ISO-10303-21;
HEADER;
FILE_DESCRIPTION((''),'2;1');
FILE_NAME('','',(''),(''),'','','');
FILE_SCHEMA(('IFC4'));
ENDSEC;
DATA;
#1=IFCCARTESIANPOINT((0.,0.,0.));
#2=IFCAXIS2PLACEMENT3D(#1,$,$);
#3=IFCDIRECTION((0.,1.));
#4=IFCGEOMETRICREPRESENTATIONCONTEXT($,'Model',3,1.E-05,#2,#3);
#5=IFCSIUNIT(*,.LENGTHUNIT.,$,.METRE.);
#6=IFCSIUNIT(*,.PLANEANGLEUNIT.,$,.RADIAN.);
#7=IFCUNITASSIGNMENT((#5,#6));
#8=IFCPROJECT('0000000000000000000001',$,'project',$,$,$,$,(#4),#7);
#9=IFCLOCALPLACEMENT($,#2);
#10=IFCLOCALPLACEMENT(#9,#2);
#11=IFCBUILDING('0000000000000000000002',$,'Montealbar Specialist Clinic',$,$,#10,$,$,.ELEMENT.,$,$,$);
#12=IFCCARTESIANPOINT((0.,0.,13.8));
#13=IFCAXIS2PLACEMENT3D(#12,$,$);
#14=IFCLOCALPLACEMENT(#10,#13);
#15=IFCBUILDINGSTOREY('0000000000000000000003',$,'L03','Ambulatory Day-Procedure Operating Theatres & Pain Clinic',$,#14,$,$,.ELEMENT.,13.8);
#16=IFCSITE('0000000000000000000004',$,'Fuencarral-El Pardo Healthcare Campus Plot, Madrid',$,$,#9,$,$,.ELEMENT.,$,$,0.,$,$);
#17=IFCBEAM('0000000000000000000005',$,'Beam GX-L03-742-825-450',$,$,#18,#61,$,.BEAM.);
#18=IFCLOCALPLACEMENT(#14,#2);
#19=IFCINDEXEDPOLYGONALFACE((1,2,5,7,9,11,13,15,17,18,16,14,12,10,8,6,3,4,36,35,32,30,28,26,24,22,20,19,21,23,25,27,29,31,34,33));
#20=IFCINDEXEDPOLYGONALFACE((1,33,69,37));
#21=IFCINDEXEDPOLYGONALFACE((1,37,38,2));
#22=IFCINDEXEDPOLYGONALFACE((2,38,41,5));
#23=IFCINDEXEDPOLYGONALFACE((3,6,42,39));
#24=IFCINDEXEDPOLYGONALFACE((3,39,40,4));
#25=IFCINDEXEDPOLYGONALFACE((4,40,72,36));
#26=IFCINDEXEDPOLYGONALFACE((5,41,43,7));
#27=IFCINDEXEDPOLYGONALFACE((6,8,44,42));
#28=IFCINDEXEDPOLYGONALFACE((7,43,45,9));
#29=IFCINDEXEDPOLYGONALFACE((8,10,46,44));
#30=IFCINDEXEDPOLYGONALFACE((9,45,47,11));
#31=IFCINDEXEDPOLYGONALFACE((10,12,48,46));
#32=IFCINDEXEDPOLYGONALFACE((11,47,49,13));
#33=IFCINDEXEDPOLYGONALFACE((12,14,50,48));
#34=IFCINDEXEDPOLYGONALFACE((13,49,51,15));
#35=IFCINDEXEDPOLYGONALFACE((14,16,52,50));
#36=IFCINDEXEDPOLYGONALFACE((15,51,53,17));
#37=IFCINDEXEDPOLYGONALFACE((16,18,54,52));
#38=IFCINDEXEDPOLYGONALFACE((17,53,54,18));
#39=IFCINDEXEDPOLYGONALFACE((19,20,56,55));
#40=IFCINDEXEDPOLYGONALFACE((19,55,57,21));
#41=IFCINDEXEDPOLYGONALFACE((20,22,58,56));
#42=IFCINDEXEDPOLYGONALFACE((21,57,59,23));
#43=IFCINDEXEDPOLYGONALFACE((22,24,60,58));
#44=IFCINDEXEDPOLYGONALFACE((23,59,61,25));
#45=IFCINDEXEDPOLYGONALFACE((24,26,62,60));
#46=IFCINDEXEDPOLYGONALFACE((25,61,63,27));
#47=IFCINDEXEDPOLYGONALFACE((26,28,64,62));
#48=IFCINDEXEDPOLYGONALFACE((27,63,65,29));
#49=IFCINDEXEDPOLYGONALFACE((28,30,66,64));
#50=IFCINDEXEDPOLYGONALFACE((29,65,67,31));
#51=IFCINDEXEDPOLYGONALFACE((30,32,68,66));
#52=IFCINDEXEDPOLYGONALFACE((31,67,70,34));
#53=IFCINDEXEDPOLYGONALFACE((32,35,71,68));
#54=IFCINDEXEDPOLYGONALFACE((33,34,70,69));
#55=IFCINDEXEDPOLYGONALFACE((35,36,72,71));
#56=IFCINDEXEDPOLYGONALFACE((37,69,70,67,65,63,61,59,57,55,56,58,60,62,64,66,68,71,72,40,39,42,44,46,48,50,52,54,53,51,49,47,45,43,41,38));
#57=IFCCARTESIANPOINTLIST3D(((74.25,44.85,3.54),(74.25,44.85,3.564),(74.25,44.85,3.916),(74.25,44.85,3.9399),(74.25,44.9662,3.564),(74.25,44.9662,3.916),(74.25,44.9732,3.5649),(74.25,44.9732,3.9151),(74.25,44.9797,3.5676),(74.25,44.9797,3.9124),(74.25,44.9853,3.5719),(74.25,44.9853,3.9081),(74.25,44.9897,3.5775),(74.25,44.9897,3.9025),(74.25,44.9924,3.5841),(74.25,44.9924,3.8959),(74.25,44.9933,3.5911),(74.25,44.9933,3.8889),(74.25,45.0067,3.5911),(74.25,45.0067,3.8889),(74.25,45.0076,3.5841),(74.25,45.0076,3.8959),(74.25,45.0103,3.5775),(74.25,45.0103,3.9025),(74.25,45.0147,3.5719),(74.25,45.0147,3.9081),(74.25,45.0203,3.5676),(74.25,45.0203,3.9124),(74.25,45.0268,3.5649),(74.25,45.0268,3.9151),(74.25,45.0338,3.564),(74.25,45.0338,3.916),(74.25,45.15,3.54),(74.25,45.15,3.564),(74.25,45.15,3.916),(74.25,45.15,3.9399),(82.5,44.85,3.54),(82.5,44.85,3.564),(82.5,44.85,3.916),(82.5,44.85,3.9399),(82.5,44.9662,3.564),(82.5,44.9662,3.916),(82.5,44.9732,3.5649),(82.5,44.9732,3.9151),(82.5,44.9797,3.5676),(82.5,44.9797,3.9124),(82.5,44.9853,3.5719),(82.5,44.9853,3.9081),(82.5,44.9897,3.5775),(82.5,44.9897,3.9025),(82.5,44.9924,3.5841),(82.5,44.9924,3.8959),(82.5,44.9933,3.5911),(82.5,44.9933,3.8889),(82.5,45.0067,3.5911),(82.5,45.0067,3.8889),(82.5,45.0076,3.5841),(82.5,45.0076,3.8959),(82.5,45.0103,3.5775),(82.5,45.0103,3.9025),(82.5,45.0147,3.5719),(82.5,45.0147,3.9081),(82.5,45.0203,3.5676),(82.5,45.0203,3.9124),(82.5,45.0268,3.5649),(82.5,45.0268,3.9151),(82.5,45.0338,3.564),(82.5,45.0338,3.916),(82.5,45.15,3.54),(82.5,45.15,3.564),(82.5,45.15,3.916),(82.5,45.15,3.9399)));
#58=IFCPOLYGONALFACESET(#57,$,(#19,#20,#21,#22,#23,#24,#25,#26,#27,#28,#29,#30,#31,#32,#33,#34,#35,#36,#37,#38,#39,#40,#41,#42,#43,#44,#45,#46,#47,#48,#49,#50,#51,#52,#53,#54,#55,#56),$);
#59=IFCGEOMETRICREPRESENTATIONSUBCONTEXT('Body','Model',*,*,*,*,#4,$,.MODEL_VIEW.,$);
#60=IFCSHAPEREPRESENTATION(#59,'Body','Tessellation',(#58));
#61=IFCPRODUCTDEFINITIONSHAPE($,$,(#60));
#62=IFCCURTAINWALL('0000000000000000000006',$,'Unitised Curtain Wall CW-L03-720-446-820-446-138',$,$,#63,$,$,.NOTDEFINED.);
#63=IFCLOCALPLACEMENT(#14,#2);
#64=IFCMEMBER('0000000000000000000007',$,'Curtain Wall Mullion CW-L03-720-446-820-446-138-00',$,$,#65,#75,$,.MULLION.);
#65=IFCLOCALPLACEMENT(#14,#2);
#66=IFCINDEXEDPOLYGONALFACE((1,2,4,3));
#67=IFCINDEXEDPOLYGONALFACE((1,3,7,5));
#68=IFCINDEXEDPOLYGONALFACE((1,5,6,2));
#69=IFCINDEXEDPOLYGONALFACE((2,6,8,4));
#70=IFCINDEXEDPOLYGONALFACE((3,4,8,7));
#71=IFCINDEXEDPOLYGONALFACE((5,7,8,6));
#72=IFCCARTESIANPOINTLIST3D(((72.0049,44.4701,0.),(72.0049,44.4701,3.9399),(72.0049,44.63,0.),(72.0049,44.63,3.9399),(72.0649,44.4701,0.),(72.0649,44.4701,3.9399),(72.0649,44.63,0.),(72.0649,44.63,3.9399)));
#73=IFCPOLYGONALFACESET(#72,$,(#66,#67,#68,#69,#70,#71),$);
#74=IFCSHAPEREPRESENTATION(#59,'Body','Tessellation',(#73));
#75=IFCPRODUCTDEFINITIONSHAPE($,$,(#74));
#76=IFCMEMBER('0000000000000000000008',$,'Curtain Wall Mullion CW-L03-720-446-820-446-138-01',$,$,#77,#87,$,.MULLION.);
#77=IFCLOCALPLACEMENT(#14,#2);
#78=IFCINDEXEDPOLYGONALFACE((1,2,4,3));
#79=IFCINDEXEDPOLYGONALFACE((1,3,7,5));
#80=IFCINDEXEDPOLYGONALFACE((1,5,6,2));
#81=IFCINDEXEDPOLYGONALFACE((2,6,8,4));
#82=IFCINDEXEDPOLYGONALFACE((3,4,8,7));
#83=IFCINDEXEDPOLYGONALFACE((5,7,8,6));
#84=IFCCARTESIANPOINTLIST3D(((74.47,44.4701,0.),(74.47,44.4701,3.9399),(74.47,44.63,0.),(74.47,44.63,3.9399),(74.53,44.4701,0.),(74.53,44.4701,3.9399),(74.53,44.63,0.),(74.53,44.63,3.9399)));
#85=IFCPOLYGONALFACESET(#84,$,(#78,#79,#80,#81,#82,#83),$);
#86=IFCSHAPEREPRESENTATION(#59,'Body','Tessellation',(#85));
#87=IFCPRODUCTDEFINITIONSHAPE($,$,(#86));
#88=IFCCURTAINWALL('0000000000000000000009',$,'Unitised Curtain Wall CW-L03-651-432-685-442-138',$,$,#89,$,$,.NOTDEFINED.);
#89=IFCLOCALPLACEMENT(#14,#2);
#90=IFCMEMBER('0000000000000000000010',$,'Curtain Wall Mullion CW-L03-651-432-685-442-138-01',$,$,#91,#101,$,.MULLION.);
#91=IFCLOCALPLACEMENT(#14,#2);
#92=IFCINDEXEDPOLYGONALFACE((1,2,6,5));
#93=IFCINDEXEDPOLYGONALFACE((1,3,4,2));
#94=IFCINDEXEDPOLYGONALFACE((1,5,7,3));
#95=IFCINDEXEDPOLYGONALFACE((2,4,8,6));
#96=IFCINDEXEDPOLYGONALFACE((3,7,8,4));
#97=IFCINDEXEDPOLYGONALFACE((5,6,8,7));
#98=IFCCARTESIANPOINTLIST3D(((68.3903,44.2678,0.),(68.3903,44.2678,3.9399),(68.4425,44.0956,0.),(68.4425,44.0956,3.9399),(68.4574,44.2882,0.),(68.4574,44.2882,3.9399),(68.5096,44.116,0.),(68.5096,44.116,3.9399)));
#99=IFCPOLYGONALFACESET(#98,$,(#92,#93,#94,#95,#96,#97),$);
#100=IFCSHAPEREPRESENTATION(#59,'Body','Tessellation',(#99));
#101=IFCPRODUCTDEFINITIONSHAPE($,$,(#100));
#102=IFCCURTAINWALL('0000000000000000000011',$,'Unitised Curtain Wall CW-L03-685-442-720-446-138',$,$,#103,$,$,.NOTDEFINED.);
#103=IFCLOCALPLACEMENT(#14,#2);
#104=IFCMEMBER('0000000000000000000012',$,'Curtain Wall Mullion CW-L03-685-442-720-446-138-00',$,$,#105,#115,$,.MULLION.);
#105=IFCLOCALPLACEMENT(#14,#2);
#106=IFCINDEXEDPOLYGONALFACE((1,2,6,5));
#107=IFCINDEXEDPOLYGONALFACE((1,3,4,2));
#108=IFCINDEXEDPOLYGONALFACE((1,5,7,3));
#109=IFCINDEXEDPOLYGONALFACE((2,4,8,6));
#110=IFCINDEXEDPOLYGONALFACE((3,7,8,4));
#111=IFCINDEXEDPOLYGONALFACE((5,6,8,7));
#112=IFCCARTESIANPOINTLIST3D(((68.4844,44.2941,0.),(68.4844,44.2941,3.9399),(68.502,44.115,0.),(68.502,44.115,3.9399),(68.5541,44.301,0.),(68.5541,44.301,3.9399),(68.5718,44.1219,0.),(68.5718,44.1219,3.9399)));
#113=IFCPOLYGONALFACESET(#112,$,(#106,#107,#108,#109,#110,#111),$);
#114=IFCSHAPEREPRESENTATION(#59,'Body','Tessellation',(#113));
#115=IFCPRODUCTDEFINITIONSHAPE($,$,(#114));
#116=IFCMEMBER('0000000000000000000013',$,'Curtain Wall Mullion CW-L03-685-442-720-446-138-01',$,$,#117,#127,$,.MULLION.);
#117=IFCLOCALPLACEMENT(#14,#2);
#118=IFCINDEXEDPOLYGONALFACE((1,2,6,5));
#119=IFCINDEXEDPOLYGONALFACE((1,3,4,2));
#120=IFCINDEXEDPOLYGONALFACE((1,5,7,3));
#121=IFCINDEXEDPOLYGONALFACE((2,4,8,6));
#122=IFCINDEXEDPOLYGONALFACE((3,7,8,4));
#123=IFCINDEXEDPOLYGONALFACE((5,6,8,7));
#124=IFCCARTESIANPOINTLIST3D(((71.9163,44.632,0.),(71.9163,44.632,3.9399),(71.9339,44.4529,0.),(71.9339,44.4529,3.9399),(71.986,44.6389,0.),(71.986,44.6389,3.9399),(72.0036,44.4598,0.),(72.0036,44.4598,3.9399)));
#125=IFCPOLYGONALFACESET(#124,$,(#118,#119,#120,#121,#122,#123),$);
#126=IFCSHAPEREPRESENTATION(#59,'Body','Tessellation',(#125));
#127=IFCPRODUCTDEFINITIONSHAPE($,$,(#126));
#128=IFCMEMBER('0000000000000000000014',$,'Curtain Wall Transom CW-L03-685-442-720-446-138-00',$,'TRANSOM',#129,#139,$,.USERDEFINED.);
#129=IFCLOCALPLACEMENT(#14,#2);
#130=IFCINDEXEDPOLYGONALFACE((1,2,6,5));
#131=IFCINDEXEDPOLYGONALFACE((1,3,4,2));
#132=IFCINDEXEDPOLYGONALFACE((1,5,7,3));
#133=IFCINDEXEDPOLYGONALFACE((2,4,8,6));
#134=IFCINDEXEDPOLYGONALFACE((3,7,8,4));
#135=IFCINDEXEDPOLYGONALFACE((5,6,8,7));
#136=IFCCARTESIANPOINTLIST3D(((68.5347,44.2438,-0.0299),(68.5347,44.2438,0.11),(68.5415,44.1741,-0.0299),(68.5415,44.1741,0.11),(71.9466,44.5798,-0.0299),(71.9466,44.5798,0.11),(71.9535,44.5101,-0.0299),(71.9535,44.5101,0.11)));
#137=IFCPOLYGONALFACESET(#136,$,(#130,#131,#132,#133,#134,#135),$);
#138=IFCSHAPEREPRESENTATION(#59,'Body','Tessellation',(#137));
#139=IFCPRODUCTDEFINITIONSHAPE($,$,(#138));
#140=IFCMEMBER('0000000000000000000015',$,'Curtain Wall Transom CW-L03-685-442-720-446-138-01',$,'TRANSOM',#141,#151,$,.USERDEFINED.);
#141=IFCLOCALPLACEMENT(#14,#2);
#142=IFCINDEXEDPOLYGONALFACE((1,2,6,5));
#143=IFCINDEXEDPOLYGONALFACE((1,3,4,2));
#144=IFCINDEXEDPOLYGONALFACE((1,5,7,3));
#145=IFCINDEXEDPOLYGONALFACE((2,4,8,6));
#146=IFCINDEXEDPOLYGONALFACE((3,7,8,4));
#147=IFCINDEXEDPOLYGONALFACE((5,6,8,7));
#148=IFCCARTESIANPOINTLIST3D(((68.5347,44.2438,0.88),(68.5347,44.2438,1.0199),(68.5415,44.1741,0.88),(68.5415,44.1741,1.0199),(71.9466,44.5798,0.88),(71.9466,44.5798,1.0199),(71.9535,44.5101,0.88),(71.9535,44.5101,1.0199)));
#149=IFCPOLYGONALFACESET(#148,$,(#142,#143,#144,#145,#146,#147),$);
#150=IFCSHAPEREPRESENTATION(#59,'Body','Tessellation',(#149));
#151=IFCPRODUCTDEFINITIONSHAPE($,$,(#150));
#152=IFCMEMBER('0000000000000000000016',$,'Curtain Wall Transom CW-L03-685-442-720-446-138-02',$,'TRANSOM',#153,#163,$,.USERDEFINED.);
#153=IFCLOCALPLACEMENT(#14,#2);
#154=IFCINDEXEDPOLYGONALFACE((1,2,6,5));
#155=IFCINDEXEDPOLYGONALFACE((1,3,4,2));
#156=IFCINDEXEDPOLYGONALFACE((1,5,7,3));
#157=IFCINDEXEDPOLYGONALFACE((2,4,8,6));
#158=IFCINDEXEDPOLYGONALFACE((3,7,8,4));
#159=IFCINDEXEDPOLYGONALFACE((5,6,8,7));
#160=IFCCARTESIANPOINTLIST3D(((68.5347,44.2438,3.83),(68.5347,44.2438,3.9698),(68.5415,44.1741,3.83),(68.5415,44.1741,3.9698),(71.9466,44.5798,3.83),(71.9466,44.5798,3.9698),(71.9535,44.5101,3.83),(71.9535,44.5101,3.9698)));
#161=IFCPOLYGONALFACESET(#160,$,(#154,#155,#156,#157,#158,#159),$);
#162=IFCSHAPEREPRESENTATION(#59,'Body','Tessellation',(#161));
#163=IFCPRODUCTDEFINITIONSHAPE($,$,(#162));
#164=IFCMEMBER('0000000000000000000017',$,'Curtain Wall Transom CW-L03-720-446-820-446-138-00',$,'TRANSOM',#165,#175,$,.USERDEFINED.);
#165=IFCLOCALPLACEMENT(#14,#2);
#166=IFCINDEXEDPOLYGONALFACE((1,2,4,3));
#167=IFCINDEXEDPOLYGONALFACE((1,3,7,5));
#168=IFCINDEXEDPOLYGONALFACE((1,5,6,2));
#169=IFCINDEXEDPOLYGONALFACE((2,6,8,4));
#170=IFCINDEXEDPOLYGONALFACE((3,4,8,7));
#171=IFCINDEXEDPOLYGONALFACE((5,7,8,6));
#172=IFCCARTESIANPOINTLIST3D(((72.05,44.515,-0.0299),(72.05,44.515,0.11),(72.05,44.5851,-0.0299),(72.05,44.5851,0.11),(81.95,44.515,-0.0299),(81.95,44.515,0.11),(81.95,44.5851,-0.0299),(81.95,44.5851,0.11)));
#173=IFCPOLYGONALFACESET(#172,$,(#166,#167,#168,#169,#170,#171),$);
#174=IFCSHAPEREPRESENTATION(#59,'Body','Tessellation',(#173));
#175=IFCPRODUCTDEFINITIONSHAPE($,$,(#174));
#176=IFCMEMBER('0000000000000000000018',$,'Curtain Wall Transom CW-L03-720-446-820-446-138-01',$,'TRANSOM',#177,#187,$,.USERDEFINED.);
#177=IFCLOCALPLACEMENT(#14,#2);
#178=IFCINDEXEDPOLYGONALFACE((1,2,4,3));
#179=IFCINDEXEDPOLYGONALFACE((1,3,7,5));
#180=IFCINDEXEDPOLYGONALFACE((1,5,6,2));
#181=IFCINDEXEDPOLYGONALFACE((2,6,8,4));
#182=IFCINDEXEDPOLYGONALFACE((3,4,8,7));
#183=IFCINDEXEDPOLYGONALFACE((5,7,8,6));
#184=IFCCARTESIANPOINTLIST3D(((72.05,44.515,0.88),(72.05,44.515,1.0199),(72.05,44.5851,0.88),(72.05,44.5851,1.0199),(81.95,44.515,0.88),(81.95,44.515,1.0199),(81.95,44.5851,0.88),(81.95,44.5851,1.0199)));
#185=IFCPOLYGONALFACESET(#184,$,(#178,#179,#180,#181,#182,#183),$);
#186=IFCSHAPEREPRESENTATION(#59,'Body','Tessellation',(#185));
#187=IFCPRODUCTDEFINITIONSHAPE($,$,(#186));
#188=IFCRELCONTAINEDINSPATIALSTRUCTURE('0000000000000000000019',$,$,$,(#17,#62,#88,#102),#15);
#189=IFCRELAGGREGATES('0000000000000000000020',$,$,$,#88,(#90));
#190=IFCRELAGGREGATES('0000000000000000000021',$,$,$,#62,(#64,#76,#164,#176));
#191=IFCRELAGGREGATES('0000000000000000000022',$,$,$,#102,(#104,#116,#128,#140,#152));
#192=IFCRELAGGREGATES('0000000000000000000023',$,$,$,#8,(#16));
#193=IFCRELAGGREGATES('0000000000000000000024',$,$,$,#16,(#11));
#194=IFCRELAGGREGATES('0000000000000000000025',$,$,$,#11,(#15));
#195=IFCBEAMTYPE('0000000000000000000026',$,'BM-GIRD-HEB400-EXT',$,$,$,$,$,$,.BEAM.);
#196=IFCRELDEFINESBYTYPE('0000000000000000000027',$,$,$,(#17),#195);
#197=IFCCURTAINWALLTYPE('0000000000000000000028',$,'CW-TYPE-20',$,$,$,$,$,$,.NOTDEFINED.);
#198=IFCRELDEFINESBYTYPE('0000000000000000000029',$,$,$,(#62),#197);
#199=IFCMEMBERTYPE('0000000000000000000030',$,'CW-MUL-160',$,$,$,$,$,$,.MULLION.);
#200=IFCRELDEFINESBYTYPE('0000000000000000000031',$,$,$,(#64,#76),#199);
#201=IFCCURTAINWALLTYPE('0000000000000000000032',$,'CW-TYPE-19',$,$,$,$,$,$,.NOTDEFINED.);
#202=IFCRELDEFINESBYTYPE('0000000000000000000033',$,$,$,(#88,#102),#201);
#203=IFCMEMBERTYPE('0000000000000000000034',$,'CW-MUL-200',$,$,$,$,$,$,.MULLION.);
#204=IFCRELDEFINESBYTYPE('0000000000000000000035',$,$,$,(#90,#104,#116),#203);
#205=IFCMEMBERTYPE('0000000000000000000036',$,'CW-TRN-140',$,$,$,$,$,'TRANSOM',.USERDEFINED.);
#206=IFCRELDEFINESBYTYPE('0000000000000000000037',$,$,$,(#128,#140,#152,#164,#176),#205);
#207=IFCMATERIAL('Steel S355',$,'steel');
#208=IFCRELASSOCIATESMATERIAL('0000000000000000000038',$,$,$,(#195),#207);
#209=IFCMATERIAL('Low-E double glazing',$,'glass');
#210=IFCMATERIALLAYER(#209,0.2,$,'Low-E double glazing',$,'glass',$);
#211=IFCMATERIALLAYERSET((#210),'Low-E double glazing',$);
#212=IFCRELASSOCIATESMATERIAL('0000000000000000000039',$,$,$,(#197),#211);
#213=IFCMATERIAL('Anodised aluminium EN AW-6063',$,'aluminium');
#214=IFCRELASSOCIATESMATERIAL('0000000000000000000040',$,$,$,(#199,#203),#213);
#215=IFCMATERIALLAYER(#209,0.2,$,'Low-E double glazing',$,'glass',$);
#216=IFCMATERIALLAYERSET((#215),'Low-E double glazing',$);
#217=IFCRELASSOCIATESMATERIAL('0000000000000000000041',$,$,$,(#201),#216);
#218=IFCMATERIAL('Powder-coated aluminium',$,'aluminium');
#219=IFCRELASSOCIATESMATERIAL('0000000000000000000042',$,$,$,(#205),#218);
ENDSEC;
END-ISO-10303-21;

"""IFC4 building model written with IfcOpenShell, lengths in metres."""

from ifc_helpers import new_model, si_unit, direction, frame, origin, origin_2d, place, context, subcontext, project, spatial, rectangle, i_section, extrude, material, layer, layer_set, material_profile, profile_set, type_object, element, aggregate, save


model = new_model("IFC4")

# Units and contexts
model_context = context("Model", 3, precision=1e-05, world=origin(), true_north=direction((0.0, 1.0)))
body_context = subcontext(model_context, "Body", "Model", "MODEL_VIEW")
ifc_project = project(units=[si_unit("LENGTHUNIT", "METRE"), si_unit("PLANEANGLEUNIT", "RADIAN")], contexts=[model_context])

# Site, building, storey
site_placement = place(None, origin())
site = spatial("IfcSite", under=ifc_project, at=site_placement, Name="Fuencarral-El Pardo Healthcare Campus Plot, Madrid", CompositionType="ELEMENT", RefElevation=0.0)
building_placement = place(site_placement, origin())
building = spatial("IfcBuilding", under=site, at=building_placement, Name="Montealbar Specialist Clinic", CompositionType="ELEMENT")
storey_placement = place(building_placement, frame((0.0, 0.0, 13.8)))
storey = spatial("IfcBuildingStorey", under=building, at=storey_placement, Name="L03", Description="Ambulatory Day-Procedure Operating Theatres & Pain Clinic", CompositionType="ELEMENT", Elevation=13.8)

# Shared definitions
ifc_material_1 = material(Name="Steel S355", Category="steel")

# Beam
ifc_material_profile_1 = material_profile(ifc_material_1, i_section(OverallWidth=0.3, OverallDepth=0.3999, WebThickness=0.0134, FlangeThickness=0.0239, FilletRadius=0.0271, at=origin_2d()), Name="HEB 400", Category="steel")
ifc_profile_set_1 = profile_set([ifc_material_profile_1], Name="Steel S355")
beam_type_1 = type_object("IfcBeamType", Name="BM-GIRD-HEB400-EXT", PredefinedType="BEAM", material=ifc_profile_set_1)
beam_1_placement = place(storey_placement, frame((74.25, 45.0, 3.74), z_axis=(1.0, 0.0, 0.0), x_axis=(0.0, 1.0, 0.0)))
element("IfcBeam", 1, at=beam_1_placement, inside=storey, type_object=beam_type_1, Name="Beam GX-L03-742-825-450", PredefinedType="BEAM", context=body_context, shape_type="SweptSolid", body=[
    extrude(i_section(OverallWidth=0.3, OverallDepth=0.3999, WebThickness=0.0134, FlangeThickness=0.0239, FilletRadius=0.0271, at=origin_2d()), origin(), (0.0, 0.0, 1.0), 8.25),
])

# Curtain wall, members
ifc_material_2 = material(Name="Low-E double glazing", Category="glass")
ifc_layer_1 = layer(ifc_material_2, 0.2, Name="Low-E double glazing", Category="glass")
ifc_layer_set_1 = layer_set([ifc_layer_1], Name="Low-E double glazing")
curtain_wall_type_1 = type_object("IfcCurtainWallType", Name="CW-TYPE-20", PredefinedType="NOTDEFINED", material=ifc_layer_set_1)
curtain_wall_1_placement = place(storey_placement, origin())
curtain_wall_1 = element("IfcCurtainWall", 2, at=curtain_wall_1_placement, inside=storey, type_object=curtain_wall_type_1, Name="Unitised Curtain Wall CW-L03-720-446-820-446-138", PredefinedType="NOTDEFINED")
ifc_material_3 = material(Name="Anodised aluminium EN AW-6063", Category="aluminium")
ifc_material_profile_2 = material_profile(ifc_material_3, rectangle(XDim=0.0601, YDim=0.1599, at=origin_2d()), Name="ALU 60x160", Category="aluminium")
ifc_profile_set_2 = profile_set([ifc_material_profile_2], Name="Anodised aluminium EN AW-6063")
member_type_1 = type_object("IfcMemberType", Name="CW-MUL-160", PredefinedType="MULLION", material=ifc_profile_set_2)
member_1_placement = place(storey_placement, frame((72.0349, 44.55, 0.0), z_axis=(0.0, 0.0, 1.0), x_axis=(1.0, 0.0, 0.0)))
member_1 = element("IfcMember", 3, at=member_1_placement, type_object=member_type_1, Name="Curtain Wall Mullion CW-L03-720-446-820-446-138-00", PredefinedType="MULLION", context=body_context, shape_type="SweptSolid", body=[
    extrude(rectangle(XDim=0.0601, YDim=0.1599, at=origin_2d()), origin(), (0.0, 0.0, 1.0), 3.9399),
])
member_2_placement = place(storey_placement, frame((74.5, 44.55, 0.0), z_axis=(0.0, 0.0, 1.0), x_axis=(1.0, 0.0, 0.0)))
member_2 = element("IfcMember", 4, at=member_2_placement, type_object=member_type_1, Name="Curtain Wall Mullion CW-L03-720-446-820-446-138-01", PredefinedType="MULLION", context=body_context, shape_type="SweptSolid", body=[
    extrude(rectangle(XDim=0.0601, YDim=0.1599, at=origin_2d()), origin(), (0.0, 0.0, 1.0), 3.9399),
])

# Curtain wall, member
ifc_layer_2 = layer(ifc_material_2, 0.2, Name="Low-E double glazing", Category="glass")
ifc_layer_set_2 = layer_set([ifc_layer_2], Name="Low-E double glazing")
curtain_wall_type_2 = type_object("IfcCurtainWallType", Name="CW-TYPE-19", PredefinedType="NOTDEFINED", material=ifc_layer_set_2)
curtain_wall_2_placement = place(storey_placement, origin())
curtain_wall_2 = element("IfcCurtainWall", 5, at=curtain_wall_2_placement, inside=storey, type_object=curtain_wall_type_2, Name="Unitised Curtain Wall CW-L03-651-432-685-442-138", PredefinedType="NOTDEFINED")
ifc_material_profile_3 = material_profile(ifc_material_3, rectangle(XDim=0.0701, YDim=0.1799, at=origin_2d()), Name="ALU 70x180", Category="aluminium")
ifc_profile_set_3 = profile_set([ifc_material_profile_3], Name="Anodised aluminium EN AW-6063")
member_type_2 = type_object("IfcMemberType", Name="CW-MUL-200", PredefinedType="MULLION", material=ifc_profile_set_3)
member_3_placement = place(storey_placement, frame((68.45, 44.1919, 0.0), z_axis=(0.0, 0.0, 1.0), x_axis=(0.956948, 0.290259, 0.0)))
member_3 = element("IfcMember", 6, at=member_3_placement, type_object=member_type_2, Name="Curtain Wall Mullion CW-L03-651-432-685-442-138-01", PredefinedType="MULLION", context=body_context, shape_type="SweptSolid", body=[
    extrude(rectangle(XDim=0.0701, YDim=0.1799, at=origin_2d()), origin(), (0.0, 0.0, 1.0), 3.9399),
])
aggregate(curtain_wall_2, [member_3])

# Curtain wall, members
curtain_wall_3_placement = place(storey_placement, origin())
curtain_wall_3 = element("IfcCurtainWall", 7, at=curtain_wall_3_placement, inside=storey, type_object=curtain_wall_type_2, Name="Unitised Curtain Wall CW-L03-685-442-720-446-138", PredefinedType="NOTDEFINED")
member_4_placement = place(storey_placement, frame((68.5281, 44.208, 0.0), z_axis=(0.0, 0.0, 1.0), x_axis=(0.995182, 0.098045, 0.0)))
member_4 = element("IfcMember", 8, at=member_4_placement, type_object=member_type_2, Name="Curtain Wall Mullion CW-L03-685-442-720-446-138-00", PredefinedType="MULLION", context=body_context, shape_type="SweptSolid", body=[
    extrude(rectangle(XDim=0.0701, YDim=0.1799, at=origin_2d()), origin(), (0.0, 0.0, 1.0), 3.9399),
])
member_5_placement = place(storey_placement, frame((71.96, 44.5459, 0.0), z_axis=(0.0, 0.0, 1.0), x_axis=(0.995182, 0.098045, 0.0)))
member_5 = element("IfcMember", 9, at=member_5_placement, type_object=member_type_2, Name="Curtain Wall Mullion CW-L03-685-442-720-446-138-01", PredefinedType="MULLION", context=body_context, shape_type="SweptSolid", body=[
    extrude(rectangle(XDim=0.0701, YDim=0.1799, at=origin_2d()), origin(), (0.0, 0.0, 1.0), 3.9399),
])
ifc_material_4 = material(Name="Powder-coated aluminium", Category="aluminium")
ifc_material_profile_4 = material_profile(ifc_material_4, rectangle(XDim=0.0701, YDim=0.1399, at=origin_2d()), Name="ALU 70x140", Category="aluminium")
ifc_profile_set_4 = profile_set([ifc_material_profile_4], Name="Powder-coated aluminium")
member_type_3 = type_object("IfcMemberType", Name="CW-TRN-140", ElementType="TRANSOM", PredefinedType="USERDEFINED", material=ifc_profile_set_4)
member_6_placement = place(storey_placement, frame((68.5381, 44.209, 0.04), z_axis=(0.995188, 0.097988, 0.0), x_axis=(-0.097988, 0.995188, 0.0)))
member_6 = element("IfcMember", 10, at=member_6_placement, type_object=member_type_3, Name="Curtain Wall Transom CW-L03-685-442-720-446-138-00", ObjectType="TRANSOM", PredefinedType="USERDEFINED", context=body_context, shape_type="SweptSolid", body=[
    extrude(rectangle(XDim=0.0701, YDim=0.1399, at=origin_2d()), origin(), (0.0, 0.0, 1.0), 3.4285),
])
member_7_placement = place(storey_placement, frame((68.5381, 44.209, 0.95), z_axis=(0.995188, 0.097988, 0.0), x_axis=(-0.097988, 0.995188, 0.0)))
member_7 = element("IfcMember", 11, at=member_7_placement, type_object=member_type_3, Name="Curtain Wall Transom CW-L03-685-442-720-446-138-01", ObjectType="TRANSOM", PredefinedType="USERDEFINED", context=body_context, shape_type="SweptSolid", body=[
    extrude(rectangle(XDim=0.0701, YDim=0.1399, at=origin_2d()), origin(), (0.0, 0.0, 1.0), 3.4285),
])
member_8_placement = place(storey_placement, frame((68.5381, 44.209, 3.8999), z_axis=(0.995188, 0.097988, 0.0), x_axis=(-0.097988, 0.995188, 0.0)))
member_8 = element("IfcMember", 12, at=member_8_placement, type_object=member_type_3, Name="Curtain Wall Transom CW-L03-685-442-720-446-138-02", ObjectType="TRANSOM", PredefinedType="USERDEFINED", context=body_context, shape_type="SweptSolid", body=[
    extrude(rectangle(XDim=0.0701, YDim=0.1399, at=origin_2d()), origin(), (0.0, 0.0, 1.0), 3.4285),
])

# Members
member_9_placement = place(storey_placement, frame((72.05, 44.55, 0.04), z_axis=(1.0, 0.0, 0.0), x_axis=(0.0, 1.0, 0.0)))
member_9 = element("IfcMember", 13, at=member_9_placement, type_object=member_type_3, Name="Curtain Wall Transom CW-L03-720-446-820-446-138-00", ObjectType="TRANSOM", PredefinedType="USERDEFINED", context=body_context, shape_type="SweptSolid", body=[
    extrude(rectangle(XDim=0.0701, YDim=0.1399, at=origin_2d()), origin(), (0.0, 0.0, 1.0), 9.8999),
])
member_10_placement = place(storey_placement, frame((72.05, 44.55, 0.95), z_axis=(1.0, 0.0, 0.0), x_axis=(0.0, 1.0, 0.0)))
member_10 = element("IfcMember", 14, at=member_10_placement, type_object=member_type_3, Name="Curtain Wall Transom CW-L03-720-446-820-446-138-01", ObjectType="TRANSOM", PredefinedType="USERDEFINED", context=body_context, shape_type="SweptSolid", body=[
    extrude(rectangle(XDim=0.0701, YDim=0.1399, at=origin_2d()), origin(), (0.0, 0.0, 1.0), 9.8999),
])

aggregate(curtain_wall_1, [member_1, member_2, member_9, member_10])
aggregate(curtain_wall_3, [member_4, member_5, member_6, member_7, member_8])

save(model, "model.ifc")
